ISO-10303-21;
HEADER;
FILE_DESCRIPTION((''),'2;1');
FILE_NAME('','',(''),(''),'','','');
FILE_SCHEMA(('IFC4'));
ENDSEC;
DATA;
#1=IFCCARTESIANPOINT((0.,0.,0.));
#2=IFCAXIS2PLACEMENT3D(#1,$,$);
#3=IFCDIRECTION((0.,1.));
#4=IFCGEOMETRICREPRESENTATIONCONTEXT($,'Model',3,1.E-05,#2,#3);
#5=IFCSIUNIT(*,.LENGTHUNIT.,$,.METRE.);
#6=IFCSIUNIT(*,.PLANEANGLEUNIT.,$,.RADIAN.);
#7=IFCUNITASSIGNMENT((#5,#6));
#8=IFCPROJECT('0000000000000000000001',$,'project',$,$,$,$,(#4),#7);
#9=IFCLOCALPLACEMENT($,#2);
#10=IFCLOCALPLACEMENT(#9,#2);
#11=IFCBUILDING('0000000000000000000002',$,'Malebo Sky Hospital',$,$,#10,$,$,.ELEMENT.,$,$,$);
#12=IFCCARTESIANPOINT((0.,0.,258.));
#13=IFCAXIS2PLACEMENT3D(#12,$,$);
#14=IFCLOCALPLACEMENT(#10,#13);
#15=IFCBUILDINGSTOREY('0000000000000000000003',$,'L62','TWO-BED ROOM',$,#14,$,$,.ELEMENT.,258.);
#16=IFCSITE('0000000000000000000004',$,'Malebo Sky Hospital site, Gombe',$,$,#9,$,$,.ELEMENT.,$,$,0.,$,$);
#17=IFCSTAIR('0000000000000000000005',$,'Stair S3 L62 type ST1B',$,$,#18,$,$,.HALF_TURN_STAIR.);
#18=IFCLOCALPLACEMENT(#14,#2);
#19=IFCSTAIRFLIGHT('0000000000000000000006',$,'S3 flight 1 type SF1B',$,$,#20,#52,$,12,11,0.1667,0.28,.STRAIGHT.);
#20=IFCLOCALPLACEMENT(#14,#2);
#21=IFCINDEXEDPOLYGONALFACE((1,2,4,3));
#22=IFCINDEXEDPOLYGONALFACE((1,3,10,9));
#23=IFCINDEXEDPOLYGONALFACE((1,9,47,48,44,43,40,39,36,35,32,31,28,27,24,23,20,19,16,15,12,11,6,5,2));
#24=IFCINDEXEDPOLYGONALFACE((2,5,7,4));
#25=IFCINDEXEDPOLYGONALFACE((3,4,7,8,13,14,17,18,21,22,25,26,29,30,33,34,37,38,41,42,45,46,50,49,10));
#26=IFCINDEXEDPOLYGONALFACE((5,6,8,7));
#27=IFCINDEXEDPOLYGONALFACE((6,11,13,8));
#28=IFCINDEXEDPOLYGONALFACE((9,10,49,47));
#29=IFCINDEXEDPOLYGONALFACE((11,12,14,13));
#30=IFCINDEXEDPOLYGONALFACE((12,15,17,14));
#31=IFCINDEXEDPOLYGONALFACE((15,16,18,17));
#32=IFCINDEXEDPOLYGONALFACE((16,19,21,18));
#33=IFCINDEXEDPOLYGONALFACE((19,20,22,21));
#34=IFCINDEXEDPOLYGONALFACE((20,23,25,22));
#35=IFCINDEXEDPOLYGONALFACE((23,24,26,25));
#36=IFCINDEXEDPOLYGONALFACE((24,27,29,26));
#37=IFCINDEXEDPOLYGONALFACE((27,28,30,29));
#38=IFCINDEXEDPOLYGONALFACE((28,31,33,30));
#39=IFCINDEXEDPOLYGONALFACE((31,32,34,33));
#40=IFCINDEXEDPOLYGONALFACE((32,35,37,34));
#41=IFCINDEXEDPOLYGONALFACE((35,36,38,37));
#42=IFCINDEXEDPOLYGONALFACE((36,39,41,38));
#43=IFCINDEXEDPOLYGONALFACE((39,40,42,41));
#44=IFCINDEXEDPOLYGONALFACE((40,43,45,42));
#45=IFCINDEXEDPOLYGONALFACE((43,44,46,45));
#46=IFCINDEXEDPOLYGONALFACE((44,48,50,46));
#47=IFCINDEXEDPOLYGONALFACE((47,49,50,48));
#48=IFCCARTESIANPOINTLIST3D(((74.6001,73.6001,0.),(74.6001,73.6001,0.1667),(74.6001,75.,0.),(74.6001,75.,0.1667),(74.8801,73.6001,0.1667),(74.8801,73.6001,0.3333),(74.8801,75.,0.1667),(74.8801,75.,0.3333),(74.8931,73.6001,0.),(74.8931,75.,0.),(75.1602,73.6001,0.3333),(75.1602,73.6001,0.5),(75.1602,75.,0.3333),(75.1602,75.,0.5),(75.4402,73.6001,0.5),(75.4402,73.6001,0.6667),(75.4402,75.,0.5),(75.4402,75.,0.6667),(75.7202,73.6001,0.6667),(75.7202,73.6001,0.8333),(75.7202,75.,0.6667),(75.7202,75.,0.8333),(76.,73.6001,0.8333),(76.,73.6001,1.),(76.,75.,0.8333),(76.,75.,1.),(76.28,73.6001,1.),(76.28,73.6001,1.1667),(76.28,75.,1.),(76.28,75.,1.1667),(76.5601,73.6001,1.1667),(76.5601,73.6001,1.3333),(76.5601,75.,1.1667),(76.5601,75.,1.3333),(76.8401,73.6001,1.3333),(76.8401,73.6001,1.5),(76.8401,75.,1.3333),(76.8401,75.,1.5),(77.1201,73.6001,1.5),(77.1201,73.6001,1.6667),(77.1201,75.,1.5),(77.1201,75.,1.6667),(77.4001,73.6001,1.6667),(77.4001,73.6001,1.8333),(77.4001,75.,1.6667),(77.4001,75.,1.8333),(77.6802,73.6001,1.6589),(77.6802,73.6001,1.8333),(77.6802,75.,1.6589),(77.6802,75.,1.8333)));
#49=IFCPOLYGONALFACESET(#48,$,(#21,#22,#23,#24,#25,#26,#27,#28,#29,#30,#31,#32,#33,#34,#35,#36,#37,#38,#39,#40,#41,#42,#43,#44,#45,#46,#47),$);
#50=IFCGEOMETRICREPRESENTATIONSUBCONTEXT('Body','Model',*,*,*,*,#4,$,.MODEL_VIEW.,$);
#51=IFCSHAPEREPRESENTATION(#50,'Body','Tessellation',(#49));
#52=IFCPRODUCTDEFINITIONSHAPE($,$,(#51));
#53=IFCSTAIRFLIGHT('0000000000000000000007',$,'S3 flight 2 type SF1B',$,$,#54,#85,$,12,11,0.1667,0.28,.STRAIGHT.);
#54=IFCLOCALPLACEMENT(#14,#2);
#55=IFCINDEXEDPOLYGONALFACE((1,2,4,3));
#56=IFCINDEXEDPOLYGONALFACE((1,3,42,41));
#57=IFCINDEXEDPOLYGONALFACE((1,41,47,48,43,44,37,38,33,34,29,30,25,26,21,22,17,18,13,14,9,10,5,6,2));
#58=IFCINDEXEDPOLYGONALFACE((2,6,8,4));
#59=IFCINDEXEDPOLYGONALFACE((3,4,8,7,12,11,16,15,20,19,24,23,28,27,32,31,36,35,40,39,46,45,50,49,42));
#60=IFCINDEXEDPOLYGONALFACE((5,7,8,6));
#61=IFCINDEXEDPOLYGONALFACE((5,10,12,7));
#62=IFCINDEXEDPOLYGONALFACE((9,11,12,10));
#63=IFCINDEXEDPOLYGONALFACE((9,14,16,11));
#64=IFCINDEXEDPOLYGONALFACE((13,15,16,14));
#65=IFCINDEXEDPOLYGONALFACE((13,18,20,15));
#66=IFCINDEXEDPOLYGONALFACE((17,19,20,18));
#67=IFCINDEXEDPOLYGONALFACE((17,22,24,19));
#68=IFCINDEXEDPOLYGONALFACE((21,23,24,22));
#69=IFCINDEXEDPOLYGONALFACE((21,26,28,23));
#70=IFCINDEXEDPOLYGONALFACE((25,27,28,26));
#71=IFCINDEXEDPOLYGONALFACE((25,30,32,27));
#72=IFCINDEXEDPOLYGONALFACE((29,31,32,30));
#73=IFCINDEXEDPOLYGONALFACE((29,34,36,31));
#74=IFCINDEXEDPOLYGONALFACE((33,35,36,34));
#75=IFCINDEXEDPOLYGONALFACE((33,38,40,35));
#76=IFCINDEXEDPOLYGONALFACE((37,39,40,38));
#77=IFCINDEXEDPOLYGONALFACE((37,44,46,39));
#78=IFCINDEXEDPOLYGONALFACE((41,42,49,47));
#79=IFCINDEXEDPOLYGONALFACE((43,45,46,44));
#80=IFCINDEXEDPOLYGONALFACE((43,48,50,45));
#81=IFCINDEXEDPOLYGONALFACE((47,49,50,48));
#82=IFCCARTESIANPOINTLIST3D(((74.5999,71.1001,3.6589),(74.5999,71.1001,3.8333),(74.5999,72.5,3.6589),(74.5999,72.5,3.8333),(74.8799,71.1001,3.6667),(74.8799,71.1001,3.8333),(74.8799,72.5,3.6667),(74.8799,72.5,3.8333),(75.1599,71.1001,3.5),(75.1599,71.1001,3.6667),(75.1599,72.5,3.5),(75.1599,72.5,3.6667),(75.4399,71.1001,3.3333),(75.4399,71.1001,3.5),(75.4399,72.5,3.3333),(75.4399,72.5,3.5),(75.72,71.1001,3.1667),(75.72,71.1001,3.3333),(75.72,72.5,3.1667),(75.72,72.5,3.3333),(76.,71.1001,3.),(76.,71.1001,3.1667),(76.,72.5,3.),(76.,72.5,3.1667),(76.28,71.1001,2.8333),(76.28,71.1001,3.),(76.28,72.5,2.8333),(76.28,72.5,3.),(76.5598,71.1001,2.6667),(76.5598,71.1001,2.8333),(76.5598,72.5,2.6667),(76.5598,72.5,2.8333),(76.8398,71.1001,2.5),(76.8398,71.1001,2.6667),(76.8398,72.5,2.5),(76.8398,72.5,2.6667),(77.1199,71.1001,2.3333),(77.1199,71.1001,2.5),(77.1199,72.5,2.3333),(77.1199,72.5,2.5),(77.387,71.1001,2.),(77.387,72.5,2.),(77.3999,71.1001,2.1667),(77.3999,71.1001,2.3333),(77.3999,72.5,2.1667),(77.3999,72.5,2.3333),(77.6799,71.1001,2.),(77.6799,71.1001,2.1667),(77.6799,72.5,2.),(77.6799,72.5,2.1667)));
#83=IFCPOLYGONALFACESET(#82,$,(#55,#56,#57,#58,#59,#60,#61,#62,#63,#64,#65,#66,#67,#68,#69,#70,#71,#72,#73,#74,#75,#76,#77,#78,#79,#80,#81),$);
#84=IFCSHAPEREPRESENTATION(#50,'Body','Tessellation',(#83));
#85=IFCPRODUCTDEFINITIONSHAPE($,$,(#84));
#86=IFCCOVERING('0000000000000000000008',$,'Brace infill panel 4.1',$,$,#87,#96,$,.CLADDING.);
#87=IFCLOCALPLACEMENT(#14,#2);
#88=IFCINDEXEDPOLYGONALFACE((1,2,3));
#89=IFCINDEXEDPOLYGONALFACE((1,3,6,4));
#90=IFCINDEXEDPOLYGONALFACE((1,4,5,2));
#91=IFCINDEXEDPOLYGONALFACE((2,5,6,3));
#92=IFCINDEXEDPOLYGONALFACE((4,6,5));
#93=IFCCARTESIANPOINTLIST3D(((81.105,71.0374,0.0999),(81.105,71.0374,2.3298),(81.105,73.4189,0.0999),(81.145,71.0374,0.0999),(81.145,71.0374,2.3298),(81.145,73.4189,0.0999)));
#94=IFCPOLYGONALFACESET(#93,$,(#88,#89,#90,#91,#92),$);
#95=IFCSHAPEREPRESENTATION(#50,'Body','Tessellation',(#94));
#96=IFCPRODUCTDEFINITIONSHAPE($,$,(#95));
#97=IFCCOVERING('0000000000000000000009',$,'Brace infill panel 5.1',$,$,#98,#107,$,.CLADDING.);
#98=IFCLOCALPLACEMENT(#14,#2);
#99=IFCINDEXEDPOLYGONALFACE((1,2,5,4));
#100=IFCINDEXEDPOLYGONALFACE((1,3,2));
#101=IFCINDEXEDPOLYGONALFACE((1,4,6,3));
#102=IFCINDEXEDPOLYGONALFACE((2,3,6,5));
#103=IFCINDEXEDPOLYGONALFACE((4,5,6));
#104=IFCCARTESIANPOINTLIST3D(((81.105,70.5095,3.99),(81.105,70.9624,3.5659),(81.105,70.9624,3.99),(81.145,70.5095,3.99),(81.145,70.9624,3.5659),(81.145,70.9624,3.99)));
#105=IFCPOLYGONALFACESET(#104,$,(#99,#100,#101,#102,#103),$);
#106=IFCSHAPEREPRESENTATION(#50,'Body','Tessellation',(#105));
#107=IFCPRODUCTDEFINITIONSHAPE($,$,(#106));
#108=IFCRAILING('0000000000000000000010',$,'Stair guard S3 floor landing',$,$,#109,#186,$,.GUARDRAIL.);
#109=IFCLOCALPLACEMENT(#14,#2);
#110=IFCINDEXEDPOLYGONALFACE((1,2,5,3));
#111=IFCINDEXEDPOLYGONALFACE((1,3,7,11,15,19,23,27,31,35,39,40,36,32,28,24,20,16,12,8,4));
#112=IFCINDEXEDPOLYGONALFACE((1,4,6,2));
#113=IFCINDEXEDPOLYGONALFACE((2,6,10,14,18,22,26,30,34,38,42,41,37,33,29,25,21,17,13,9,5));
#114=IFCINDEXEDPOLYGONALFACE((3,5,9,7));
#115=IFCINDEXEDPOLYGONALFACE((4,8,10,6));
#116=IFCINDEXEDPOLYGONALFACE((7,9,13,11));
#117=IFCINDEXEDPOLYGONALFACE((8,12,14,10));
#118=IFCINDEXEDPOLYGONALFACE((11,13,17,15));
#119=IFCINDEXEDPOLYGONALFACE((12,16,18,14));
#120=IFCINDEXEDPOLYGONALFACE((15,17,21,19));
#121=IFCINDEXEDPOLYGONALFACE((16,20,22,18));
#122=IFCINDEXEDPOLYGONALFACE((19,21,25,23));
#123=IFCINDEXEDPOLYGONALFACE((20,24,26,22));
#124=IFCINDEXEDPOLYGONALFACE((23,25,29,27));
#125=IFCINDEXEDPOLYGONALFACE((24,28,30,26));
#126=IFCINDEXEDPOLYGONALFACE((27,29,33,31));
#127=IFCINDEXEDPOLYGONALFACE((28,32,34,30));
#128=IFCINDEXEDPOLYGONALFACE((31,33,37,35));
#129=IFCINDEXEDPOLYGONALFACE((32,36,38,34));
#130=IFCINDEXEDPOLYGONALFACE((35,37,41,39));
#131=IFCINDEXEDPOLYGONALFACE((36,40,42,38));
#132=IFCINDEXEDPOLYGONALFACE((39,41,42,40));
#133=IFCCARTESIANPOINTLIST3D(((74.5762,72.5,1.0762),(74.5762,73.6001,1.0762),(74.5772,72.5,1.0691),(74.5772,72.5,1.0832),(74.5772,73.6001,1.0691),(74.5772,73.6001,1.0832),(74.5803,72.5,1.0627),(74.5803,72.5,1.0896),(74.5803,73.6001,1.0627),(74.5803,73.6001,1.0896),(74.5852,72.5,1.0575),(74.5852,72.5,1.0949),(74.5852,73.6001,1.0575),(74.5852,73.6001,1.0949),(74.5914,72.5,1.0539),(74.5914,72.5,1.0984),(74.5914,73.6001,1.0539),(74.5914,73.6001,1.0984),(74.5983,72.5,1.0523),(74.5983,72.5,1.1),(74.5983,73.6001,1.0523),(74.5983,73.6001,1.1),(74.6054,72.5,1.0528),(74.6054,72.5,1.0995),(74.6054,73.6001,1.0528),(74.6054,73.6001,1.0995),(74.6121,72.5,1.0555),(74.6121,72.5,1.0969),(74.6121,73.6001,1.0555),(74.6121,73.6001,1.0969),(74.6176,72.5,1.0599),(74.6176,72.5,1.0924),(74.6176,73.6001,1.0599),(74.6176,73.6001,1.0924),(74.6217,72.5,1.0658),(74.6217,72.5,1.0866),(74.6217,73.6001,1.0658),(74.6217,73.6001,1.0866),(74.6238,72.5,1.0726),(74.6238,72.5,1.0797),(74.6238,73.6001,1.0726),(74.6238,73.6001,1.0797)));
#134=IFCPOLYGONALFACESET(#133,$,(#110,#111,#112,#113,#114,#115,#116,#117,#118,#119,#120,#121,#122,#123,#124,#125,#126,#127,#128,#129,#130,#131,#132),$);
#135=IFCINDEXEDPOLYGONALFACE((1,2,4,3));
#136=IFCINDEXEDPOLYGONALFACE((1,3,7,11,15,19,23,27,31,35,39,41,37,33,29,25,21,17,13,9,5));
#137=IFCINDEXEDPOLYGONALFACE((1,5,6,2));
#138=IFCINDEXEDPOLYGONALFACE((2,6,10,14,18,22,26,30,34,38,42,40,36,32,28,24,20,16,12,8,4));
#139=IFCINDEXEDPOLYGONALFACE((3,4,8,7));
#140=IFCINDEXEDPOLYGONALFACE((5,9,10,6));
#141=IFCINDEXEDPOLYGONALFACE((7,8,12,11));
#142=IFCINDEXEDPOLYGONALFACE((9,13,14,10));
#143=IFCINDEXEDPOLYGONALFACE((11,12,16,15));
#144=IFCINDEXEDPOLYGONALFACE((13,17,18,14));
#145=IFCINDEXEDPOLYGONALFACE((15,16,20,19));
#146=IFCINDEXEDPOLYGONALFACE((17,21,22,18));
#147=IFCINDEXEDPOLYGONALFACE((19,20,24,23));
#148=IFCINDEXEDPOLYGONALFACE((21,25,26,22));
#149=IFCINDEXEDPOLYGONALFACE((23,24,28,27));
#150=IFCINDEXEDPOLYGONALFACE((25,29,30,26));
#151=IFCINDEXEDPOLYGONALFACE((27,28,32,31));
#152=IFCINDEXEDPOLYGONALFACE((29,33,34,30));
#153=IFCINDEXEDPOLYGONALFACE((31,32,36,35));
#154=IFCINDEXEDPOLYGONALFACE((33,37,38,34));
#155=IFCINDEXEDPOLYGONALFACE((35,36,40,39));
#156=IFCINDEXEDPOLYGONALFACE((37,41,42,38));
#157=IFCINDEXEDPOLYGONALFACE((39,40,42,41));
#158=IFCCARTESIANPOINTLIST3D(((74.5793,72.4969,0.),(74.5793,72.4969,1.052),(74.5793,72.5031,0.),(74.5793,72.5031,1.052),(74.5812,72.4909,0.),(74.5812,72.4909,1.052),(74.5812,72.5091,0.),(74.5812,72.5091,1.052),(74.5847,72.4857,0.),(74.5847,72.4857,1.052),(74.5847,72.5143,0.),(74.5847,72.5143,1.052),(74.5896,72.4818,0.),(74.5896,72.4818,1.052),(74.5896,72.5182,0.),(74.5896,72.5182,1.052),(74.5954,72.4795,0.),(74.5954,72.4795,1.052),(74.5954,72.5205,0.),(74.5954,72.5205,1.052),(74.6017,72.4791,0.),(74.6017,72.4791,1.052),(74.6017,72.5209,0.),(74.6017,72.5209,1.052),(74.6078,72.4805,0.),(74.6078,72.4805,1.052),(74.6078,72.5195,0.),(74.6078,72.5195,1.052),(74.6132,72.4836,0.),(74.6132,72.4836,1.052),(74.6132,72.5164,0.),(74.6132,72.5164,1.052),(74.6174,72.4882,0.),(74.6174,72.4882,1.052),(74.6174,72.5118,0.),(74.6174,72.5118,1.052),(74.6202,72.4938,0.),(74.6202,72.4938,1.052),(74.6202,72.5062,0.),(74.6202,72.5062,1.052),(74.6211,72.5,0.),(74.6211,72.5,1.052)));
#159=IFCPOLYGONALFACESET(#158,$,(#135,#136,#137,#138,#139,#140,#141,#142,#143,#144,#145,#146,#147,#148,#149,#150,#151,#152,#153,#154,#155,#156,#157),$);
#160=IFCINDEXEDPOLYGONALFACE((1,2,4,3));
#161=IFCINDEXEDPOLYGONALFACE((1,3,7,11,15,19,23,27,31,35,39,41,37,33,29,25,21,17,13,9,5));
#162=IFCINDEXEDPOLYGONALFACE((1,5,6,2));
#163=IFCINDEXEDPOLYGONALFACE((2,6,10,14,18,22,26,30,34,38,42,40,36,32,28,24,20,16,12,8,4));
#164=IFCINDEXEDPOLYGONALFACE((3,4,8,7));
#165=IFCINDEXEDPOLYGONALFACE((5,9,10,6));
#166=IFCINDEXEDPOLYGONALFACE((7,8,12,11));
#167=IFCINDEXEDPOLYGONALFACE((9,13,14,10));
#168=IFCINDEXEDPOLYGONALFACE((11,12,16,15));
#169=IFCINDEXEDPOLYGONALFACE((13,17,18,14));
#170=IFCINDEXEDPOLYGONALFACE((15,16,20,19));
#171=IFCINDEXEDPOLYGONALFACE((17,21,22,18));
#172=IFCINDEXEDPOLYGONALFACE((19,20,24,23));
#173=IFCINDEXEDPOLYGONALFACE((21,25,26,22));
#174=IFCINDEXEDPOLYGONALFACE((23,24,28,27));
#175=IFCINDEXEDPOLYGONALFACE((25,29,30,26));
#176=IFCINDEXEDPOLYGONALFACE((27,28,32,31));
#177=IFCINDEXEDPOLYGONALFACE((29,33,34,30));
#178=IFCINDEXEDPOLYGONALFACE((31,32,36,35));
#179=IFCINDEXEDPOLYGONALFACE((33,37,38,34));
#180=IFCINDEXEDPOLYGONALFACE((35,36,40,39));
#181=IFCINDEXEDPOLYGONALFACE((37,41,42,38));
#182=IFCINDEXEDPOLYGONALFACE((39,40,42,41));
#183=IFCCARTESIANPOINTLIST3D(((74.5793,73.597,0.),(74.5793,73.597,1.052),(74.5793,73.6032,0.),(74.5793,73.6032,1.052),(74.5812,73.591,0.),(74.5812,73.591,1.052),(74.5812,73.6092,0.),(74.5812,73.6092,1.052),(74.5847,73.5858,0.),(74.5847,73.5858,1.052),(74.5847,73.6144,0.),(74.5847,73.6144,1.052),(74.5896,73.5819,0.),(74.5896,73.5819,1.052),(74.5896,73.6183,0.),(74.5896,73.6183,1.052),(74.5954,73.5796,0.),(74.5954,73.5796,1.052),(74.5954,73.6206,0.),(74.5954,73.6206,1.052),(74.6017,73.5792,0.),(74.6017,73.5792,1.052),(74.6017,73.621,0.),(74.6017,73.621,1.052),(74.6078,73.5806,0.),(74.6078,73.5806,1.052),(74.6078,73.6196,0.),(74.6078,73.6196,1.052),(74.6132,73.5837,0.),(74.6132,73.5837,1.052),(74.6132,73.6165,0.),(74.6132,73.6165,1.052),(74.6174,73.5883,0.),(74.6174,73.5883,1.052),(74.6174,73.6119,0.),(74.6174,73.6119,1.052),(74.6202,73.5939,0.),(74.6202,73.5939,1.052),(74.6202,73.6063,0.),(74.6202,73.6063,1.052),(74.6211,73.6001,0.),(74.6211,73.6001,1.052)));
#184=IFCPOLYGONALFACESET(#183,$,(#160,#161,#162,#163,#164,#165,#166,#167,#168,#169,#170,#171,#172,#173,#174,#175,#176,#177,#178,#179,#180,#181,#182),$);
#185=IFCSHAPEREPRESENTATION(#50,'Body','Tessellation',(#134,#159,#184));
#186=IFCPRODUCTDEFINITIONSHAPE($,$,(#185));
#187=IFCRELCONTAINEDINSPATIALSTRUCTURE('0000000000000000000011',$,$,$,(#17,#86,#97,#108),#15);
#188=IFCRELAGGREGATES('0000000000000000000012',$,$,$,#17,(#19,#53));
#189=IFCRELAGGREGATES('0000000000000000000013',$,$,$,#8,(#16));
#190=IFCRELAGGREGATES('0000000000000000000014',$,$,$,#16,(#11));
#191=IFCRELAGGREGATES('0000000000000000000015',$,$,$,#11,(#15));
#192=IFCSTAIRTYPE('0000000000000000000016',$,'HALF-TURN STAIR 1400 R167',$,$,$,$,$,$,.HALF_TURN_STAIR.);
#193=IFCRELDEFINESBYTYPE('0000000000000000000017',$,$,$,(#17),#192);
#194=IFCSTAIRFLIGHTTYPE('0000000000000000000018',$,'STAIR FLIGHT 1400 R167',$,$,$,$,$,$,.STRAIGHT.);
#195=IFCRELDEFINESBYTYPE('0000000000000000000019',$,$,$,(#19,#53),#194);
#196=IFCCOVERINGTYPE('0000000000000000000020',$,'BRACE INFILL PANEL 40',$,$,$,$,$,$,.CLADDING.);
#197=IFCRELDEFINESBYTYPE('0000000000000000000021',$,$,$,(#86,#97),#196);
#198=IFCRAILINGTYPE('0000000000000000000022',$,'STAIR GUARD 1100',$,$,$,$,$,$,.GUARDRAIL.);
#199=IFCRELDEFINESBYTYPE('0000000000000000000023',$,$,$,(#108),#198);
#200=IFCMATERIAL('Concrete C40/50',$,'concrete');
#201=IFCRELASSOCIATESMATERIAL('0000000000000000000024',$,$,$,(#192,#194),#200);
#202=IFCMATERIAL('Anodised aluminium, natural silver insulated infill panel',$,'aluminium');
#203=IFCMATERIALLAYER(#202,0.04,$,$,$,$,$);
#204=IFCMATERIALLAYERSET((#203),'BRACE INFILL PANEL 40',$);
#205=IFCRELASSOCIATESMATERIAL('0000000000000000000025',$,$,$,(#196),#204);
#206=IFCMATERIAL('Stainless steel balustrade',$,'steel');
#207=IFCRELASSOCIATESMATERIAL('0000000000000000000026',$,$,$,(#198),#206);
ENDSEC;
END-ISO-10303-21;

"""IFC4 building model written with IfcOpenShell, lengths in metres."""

from ifc_helpers import new_model, si_unit, direction, frame, origin, origin_2d, place, context, subcontext, project, spatial, polyline, circle, outline, extrude, material, layer, layer_set, type_object, element, aggregate, save


model = new_model("IFC4")

# Units and contexts
model_context = context("Model", 3, precision=1e-05, world=origin(), true_north=direction((0.0, 1.0)))
body_context = subcontext(model_context, "Body", "Model", "MODEL_VIEW")
ifc_project = project(units=[si_unit("LENGTHUNIT", "METRE"), si_unit("PLANEANGLEUNIT", "RADIAN")], contexts=[model_context])

# Site, building, storey
site_placement = place(None, origin())
site = spatial("IfcSite", under=ifc_project, at=site_placement, Name="Malebo Sky Hospital site, Gombe", CompositionType="ELEMENT", RefElevation=0.0)
building_placement = place(site_placement, origin())
building = spatial("IfcBuilding", under=site, at=building_placement, Name="Malebo Sky Hospital", CompositionType="ELEMENT")
storey_placement = place(building_placement, frame((0.0, 0.0, 258.0)))
storey = spatial("IfcBuildingStorey", under=building, at=storey_placement, Name="L62", Description="TWO-BED ROOM", CompositionType="ELEMENT", Elevation=258.0)

# Shared definitions
ifc_material_1 = material(Name="Concrete C40/50", Category="concrete")

# Stair, stair flights
stair_type = type_object("IfcStairType", Name="HALF-TURN STAIR 1400 R167", PredefinedType="HALF_TURN_STAIR", material=ifc_material_1)
stair_placement = place(storey_placement, origin())
stair = element("IfcStair", 1, at=stair_placement, inside=storey, type_object=stair_type, Name="Stair S3 L62 type ST1B", PredefinedType="HALF_TURN_STAIR")
stair_flight_type = type_object("IfcStairFlightType", Name="STAIR FLIGHT 1400 R167", PredefinedType="STRAIGHT", material=ifc_material_1)
stair_flight_1_placement = place(storey_placement, frame((74.6001, 74.3, 0.0), z_axis=(0.0, 0.0, 1.0), x_axis=(1.0, 0.0, 0.0)))
stair_flight_1 = element("IfcStairFlight", 2, at=stair_flight_1_placement, type_object=stair_flight_type, Name="S3 flight 1 type SF1B", NumberOfRisers=12, NumberOfTreads=11, PredefinedType="STRAIGHT", RiserHeight=0.1667, TreadLength=0.28, context=body_context, shape_type="SweptSolid", body=[
    extrude(outline(polyline([(0.0, 0.0), (0.0, 0.1667), (0.28, 0.1667), (0.28, 0.3333), (0.5601, 0.3333), (0.5601, 0.5), (0.8401, 0.5), (0.8401, 0.6667), (1.1201, 0.6667), (1.1201, 0.8333), (1.3999, 0.8333), (1.3999, 1.0), (1.6799, 1.0), (1.6799, 1.1667), (1.96, 1.1667), (1.96, 1.3333), (2.24, 1.3333), (2.24, 1.5), (2.52, 1.5), (2.52, 1.6667), (2.8, 1.6667), (2.8, 1.8333), (3.0801, 1.8333), (3.0801, 2.0), (3.0801, 1.6589), (0.293, 0.0), (0.0, 0.0)])), frame((0.0, 0.7, 0.0), z_axis=(0.0, -1.0, 0.0), x_axis=(1.0, 0.0, 0.0)), (0.0, 0.0, 1.0), 1.3999),
])
stair_flight_2_placement = place(storey_placement, frame((77.6799, 71.8, 2.0), z_axis=(0.0, 0.0, 1.0), x_axis=(-1.0, 0.0, 0.0)))
stair_flight_2 = element("IfcStairFlight", 3, at=stair_flight_2_placement, type_object=stair_flight_type, Name="S3 flight 2 type SF1B", NumberOfRisers=12, NumberOfTreads=11, PredefinedType="STRAIGHT", RiserHeight=0.1667, TreadLength=0.28, context=body_context, shape_type="SweptSolid", body=[
    extrude(outline(polyline([(0.0, 0.0), (0.0, 0.1667), (0.28, 0.1667), (0.28, 0.3333), (0.5601, 0.3333), (0.5601, 0.5), (0.8401, 0.5), (0.8401, 0.6667), (1.1201, 0.6667), (1.1201, 0.8333), (1.3999, 0.8333), (1.3999, 1.0), (1.6799, 1.0), (1.6799, 1.1667), (1.96, 1.1667), (1.96, 1.3333), (2.24, 1.3333), (2.24, 1.5), (2.52, 1.5), (2.52, 1.6667), (2.8, 1.6667), (2.8, 1.8333), (3.0801, 1.8333), (3.0801, 2.0), (3.0801, 1.6589), (0.293, 0.0), (0.0, 0.0)])), frame((0.0, 0.7, 0.0), z_axis=(0.0, -1.0, 0.0), x_axis=(1.0, 0.0, 0.0)), (0.0, 0.0, 1.0), 1.3999),
])
aggregate(stair, [stair_flight_1, stair_flight_2])

# Coverings
ifc_material_2 = material(Name="Anodised aluminium, natural silver insulated infill panel", Category="aluminium")
ifc_layer_1 = layer(ifc_material_2, 0.04)
ifc_layer_set_1 = layer_set([ifc_layer_1], Name="BRACE INFILL PANEL 40")
covering_type = type_object("IfcCoveringType", Name="BRACE INFILL PANEL 40", PredefinedType="CLADDING", material=ifc_layer_set_1)
covering_1_placement = place(storey_placement, frame((81.125, 72.2283, 0.0999), z_axis=(0.0, 0.0, 1.0), x_axis=(0.0, -1.0, 0.0)))
element("IfcCovering", 4, at=covering_1_placement, inside=storey, type_object=covering_type, Name="Brace infill panel 4.1", PredefinedType="CLADDING", context=body_context, shape_type="SweptSolid", body=[
    extrude(outline(polyline([(-1.1907, 0.0), (1.1909, 0.0), (1.1909, 2.23), (-1.1907, 0.0)])), frame((0.0, 0.02, 0.0), z_axis=(0.0, -1.0, 0.0), x_axis=(1.0, 0.0, 0.0)), (0.0, 0.0, 1.0), 0.04),
])
covering_2_placement = place(storey_placement, frame((81.125, 70.7361, 3.5659), z_axis=(0.0, 0.0, 1.0), x_axis=(0.0, -1.0, 0.0)))
element("IfcCovering", 5, at=covering_2_placement, inside=storey, type_object=covering_type, Name="Brace infill panel 5.1", PredefinedType="CLADDING", context=body_context, shape_type="SweptSolid", body=[
    extrude(outline(polyline([(-0.2263, 0.0), (0.2266, 0.4241), (-0.2263, 0.4241), (-0.2263, 0.0)])), frame((0.0, 0.02, 0.0), z_axis=(0.0, -1.0, 0.0), x_axis=(1.0, 0.0, 0.0)), (0.0, 0.0, 1.0), 0.04),
])

# Railing
ifc_material_3 = material(Name="Stainless steel balustrade", Category="steel")
railing_type_1 = type_object("IfcRailingType", Name="STAIR GUARD 1100", PredefinedType="GUARDRAIL", material=ifc_material_3)
for number, where, name in (
    (6, (74.6001, 72.5, 0.0), "Stair guard S3 floor landing"),
):
    element("IfcRailing", number, at=place(storey_placement, frame(where)), inside=storey, type_object=railing_type_1, Name=name, PredefinedType="GUARDRAIL", context=body_context, shape_type="SweptSolid", body=[
        extrude(circle(Radius=0.0239, at=origin_2d()), frame((0.0, 0.0, 1.0762), z_axis=(0.0, 1.0, 0.0), x_axis=(-1.0, 0.0, 0.0)), (0.0, 0.0, 1.0), 1.1001),
        extrude(circle(Radius=0.021, at=origin_2d()), origin(), (0.0, 0.0, 1.0), 1.052),
        extrude(circle(Radius=0.021, at=origin_2d()), frame((0.0, 1.1001, 0.0)), (0.0, 0.0, 1.0), 1.052),
    ])

save(model, "model.ifc")
